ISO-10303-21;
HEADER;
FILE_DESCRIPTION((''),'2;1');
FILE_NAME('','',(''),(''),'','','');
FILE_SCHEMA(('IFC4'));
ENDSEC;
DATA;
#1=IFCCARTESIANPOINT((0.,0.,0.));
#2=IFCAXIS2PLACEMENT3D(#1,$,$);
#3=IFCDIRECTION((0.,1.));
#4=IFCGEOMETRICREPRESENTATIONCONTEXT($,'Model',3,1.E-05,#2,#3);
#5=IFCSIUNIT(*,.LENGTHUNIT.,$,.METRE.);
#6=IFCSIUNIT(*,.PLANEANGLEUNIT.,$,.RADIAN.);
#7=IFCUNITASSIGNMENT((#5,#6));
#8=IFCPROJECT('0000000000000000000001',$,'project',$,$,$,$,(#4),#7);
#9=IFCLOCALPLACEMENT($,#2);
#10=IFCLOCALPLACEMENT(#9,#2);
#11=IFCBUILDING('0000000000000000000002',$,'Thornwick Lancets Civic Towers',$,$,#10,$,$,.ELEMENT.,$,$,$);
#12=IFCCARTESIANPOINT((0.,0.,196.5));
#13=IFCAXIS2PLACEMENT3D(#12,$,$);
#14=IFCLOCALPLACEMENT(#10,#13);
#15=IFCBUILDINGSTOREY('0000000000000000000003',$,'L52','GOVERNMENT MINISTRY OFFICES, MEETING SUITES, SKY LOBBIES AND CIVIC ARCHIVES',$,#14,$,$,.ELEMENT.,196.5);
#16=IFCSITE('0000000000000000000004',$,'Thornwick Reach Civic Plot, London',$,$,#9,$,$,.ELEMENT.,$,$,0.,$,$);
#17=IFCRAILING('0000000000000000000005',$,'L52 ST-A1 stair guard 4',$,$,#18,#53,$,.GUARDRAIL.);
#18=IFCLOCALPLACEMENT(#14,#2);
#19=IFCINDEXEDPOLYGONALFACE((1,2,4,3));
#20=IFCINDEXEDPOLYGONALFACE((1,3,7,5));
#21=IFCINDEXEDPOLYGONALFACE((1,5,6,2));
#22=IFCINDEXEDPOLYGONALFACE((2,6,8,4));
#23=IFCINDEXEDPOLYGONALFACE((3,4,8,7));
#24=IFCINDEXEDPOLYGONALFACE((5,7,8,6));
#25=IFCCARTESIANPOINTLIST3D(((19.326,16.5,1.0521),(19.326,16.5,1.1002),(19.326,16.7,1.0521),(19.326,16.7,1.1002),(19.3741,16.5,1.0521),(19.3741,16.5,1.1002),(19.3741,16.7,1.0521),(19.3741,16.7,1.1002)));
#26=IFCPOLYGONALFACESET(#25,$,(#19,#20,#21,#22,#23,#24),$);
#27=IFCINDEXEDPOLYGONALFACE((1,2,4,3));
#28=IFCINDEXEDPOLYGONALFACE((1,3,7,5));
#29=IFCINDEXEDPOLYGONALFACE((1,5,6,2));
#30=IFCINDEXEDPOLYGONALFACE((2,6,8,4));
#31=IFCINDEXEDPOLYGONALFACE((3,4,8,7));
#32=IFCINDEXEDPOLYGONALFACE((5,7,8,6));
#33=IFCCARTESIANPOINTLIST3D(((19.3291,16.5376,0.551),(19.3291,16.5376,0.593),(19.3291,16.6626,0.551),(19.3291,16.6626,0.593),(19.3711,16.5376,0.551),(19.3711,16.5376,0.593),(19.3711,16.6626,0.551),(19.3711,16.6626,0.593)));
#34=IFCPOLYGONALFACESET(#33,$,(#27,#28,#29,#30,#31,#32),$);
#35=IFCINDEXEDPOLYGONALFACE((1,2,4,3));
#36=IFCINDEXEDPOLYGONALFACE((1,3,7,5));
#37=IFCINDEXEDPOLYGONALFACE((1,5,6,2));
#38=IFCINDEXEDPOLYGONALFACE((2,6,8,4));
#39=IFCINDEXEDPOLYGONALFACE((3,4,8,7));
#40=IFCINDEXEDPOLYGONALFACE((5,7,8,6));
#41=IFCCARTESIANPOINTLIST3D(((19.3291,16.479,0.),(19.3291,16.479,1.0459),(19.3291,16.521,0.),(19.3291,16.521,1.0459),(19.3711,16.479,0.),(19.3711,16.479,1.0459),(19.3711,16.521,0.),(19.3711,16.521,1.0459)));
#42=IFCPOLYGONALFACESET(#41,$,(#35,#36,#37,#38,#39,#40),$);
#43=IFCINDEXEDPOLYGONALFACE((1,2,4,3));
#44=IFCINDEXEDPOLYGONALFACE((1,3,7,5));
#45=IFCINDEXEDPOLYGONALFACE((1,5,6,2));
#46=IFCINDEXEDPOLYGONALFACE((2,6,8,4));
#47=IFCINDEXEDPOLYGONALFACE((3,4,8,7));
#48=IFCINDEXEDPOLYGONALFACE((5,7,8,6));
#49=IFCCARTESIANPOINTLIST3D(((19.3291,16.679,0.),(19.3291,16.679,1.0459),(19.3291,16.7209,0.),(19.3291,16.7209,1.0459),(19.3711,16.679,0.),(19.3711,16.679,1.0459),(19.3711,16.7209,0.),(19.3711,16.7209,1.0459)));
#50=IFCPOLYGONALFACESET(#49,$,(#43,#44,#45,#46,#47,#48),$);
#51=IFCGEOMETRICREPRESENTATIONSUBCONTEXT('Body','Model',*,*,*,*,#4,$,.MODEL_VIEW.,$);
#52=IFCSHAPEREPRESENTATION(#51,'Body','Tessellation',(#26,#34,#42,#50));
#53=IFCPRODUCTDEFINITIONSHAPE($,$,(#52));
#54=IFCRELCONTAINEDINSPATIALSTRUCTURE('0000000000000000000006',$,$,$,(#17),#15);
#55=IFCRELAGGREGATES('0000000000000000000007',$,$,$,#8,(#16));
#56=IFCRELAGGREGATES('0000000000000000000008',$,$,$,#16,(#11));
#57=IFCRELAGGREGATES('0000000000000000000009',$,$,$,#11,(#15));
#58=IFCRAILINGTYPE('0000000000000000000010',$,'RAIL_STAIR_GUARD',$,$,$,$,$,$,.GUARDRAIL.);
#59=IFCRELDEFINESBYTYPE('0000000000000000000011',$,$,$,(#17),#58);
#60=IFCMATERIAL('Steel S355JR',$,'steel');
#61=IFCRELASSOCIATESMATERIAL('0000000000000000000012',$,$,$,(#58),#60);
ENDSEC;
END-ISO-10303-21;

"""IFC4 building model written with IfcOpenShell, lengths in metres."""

from ifc_helpers import new_model, si_unit, direction, frame, origin, origin_2d, place, context, subcontext, project, spatial, rectangle, extrude, material, type_object, element, save


model = new_model("IFC4")

# Units and contexts
model_context = context("Model", 3, precision=1e-05, world=origin(), true_north=direction((0.0, 1.0)))
body_context = subcontext(model_context, "Body", "Model", "MODEL_VIEW")
ifc_project = project(units=[si_unit("LENGTHUNIT", "METRE"), si_unit("PLANEANGLEUNIT", "RADIAN")], contexts=[model_context])

# Site, building, storey
site_placement = place(None, origin())
site = spatial("IfcSite", under=ifc_project, at=site_placement, Name="Thornwick Reach Civic Plot, London", CompositionType="ELEMENT", RefElevation=0.0)
building_placement = place(site_placement, origin())
building = spatial("IfcBuilding", under=site, at=building_placement, Name="Thornwick Lancets Civic Towers", CompositionType="ELEMENT")
storey_placement = place(building_placement, frame((0.0, 0.0, 196.5)))
storey = spatial("IfcBuildingStorey", under=building, at=storey_placement, Name="L52", Description="GOVERNMENT MINISTRY OFFICES, MEETING SUITES, SKY LOBBIES AND CIVIC ARCHIVES", CompositionType="ELEMENT", Elevation=196.5)

# Shared definitions
ifc_material_1 = material(Name="Steel S355JR", Category="steel")

# Railing
railing_type_1 = type_object("IfcRailingType", Name="RAIL_STAIR_GUARD", PredefinedType="GUARDRAIL", material=ifc_material_1)
railing_1_placement = place(storey_placement, frame((19.3501, 16.5, 0.0)))
element("IfcRailing", 1, at=railing_1_placement, inside=storey, type_object=railing_type_1, Name="L52 ST-A1 stair guard 4", PredefinedType="GUARDRAIL", context=body_context, shape_type="SweptSolid", body=[
    extrude(rectangle(XDim=0.0481, YDim=0.0481, at=origin_2d()), frame((0.0, 0.0, 1.0762), z_axis=(0.0, 1.0, 0.0), x_axis=(-1.0, 0.0, 0.0)), (0.0, 0.0, 1.0), 0.2),
    extrude(rectangle(XDim=0.042, YDim=0.042, at=origin_2d()), frame((0.0, 0.0376, 0.572), z_axis=(0.0, 1.0, 0.0), x_axis=(-1.0, 0.0, 0.0)), (0.0, 0.0, 1.0), 0.125),
    extrude(rectangle(XDim=0.042, YDim=0.042, at=origin_2d()), origin(), (0.0, 0.0, 1.0), 1.0459),
    extrude(rectangle(XDim=0.042, YDim=0.042, at=origin_2d()), frame((0.0, 0.2, 0.0)), (0.0, 0.0, 1.0), 1.0459),
])

save(model, "model.ifc")
